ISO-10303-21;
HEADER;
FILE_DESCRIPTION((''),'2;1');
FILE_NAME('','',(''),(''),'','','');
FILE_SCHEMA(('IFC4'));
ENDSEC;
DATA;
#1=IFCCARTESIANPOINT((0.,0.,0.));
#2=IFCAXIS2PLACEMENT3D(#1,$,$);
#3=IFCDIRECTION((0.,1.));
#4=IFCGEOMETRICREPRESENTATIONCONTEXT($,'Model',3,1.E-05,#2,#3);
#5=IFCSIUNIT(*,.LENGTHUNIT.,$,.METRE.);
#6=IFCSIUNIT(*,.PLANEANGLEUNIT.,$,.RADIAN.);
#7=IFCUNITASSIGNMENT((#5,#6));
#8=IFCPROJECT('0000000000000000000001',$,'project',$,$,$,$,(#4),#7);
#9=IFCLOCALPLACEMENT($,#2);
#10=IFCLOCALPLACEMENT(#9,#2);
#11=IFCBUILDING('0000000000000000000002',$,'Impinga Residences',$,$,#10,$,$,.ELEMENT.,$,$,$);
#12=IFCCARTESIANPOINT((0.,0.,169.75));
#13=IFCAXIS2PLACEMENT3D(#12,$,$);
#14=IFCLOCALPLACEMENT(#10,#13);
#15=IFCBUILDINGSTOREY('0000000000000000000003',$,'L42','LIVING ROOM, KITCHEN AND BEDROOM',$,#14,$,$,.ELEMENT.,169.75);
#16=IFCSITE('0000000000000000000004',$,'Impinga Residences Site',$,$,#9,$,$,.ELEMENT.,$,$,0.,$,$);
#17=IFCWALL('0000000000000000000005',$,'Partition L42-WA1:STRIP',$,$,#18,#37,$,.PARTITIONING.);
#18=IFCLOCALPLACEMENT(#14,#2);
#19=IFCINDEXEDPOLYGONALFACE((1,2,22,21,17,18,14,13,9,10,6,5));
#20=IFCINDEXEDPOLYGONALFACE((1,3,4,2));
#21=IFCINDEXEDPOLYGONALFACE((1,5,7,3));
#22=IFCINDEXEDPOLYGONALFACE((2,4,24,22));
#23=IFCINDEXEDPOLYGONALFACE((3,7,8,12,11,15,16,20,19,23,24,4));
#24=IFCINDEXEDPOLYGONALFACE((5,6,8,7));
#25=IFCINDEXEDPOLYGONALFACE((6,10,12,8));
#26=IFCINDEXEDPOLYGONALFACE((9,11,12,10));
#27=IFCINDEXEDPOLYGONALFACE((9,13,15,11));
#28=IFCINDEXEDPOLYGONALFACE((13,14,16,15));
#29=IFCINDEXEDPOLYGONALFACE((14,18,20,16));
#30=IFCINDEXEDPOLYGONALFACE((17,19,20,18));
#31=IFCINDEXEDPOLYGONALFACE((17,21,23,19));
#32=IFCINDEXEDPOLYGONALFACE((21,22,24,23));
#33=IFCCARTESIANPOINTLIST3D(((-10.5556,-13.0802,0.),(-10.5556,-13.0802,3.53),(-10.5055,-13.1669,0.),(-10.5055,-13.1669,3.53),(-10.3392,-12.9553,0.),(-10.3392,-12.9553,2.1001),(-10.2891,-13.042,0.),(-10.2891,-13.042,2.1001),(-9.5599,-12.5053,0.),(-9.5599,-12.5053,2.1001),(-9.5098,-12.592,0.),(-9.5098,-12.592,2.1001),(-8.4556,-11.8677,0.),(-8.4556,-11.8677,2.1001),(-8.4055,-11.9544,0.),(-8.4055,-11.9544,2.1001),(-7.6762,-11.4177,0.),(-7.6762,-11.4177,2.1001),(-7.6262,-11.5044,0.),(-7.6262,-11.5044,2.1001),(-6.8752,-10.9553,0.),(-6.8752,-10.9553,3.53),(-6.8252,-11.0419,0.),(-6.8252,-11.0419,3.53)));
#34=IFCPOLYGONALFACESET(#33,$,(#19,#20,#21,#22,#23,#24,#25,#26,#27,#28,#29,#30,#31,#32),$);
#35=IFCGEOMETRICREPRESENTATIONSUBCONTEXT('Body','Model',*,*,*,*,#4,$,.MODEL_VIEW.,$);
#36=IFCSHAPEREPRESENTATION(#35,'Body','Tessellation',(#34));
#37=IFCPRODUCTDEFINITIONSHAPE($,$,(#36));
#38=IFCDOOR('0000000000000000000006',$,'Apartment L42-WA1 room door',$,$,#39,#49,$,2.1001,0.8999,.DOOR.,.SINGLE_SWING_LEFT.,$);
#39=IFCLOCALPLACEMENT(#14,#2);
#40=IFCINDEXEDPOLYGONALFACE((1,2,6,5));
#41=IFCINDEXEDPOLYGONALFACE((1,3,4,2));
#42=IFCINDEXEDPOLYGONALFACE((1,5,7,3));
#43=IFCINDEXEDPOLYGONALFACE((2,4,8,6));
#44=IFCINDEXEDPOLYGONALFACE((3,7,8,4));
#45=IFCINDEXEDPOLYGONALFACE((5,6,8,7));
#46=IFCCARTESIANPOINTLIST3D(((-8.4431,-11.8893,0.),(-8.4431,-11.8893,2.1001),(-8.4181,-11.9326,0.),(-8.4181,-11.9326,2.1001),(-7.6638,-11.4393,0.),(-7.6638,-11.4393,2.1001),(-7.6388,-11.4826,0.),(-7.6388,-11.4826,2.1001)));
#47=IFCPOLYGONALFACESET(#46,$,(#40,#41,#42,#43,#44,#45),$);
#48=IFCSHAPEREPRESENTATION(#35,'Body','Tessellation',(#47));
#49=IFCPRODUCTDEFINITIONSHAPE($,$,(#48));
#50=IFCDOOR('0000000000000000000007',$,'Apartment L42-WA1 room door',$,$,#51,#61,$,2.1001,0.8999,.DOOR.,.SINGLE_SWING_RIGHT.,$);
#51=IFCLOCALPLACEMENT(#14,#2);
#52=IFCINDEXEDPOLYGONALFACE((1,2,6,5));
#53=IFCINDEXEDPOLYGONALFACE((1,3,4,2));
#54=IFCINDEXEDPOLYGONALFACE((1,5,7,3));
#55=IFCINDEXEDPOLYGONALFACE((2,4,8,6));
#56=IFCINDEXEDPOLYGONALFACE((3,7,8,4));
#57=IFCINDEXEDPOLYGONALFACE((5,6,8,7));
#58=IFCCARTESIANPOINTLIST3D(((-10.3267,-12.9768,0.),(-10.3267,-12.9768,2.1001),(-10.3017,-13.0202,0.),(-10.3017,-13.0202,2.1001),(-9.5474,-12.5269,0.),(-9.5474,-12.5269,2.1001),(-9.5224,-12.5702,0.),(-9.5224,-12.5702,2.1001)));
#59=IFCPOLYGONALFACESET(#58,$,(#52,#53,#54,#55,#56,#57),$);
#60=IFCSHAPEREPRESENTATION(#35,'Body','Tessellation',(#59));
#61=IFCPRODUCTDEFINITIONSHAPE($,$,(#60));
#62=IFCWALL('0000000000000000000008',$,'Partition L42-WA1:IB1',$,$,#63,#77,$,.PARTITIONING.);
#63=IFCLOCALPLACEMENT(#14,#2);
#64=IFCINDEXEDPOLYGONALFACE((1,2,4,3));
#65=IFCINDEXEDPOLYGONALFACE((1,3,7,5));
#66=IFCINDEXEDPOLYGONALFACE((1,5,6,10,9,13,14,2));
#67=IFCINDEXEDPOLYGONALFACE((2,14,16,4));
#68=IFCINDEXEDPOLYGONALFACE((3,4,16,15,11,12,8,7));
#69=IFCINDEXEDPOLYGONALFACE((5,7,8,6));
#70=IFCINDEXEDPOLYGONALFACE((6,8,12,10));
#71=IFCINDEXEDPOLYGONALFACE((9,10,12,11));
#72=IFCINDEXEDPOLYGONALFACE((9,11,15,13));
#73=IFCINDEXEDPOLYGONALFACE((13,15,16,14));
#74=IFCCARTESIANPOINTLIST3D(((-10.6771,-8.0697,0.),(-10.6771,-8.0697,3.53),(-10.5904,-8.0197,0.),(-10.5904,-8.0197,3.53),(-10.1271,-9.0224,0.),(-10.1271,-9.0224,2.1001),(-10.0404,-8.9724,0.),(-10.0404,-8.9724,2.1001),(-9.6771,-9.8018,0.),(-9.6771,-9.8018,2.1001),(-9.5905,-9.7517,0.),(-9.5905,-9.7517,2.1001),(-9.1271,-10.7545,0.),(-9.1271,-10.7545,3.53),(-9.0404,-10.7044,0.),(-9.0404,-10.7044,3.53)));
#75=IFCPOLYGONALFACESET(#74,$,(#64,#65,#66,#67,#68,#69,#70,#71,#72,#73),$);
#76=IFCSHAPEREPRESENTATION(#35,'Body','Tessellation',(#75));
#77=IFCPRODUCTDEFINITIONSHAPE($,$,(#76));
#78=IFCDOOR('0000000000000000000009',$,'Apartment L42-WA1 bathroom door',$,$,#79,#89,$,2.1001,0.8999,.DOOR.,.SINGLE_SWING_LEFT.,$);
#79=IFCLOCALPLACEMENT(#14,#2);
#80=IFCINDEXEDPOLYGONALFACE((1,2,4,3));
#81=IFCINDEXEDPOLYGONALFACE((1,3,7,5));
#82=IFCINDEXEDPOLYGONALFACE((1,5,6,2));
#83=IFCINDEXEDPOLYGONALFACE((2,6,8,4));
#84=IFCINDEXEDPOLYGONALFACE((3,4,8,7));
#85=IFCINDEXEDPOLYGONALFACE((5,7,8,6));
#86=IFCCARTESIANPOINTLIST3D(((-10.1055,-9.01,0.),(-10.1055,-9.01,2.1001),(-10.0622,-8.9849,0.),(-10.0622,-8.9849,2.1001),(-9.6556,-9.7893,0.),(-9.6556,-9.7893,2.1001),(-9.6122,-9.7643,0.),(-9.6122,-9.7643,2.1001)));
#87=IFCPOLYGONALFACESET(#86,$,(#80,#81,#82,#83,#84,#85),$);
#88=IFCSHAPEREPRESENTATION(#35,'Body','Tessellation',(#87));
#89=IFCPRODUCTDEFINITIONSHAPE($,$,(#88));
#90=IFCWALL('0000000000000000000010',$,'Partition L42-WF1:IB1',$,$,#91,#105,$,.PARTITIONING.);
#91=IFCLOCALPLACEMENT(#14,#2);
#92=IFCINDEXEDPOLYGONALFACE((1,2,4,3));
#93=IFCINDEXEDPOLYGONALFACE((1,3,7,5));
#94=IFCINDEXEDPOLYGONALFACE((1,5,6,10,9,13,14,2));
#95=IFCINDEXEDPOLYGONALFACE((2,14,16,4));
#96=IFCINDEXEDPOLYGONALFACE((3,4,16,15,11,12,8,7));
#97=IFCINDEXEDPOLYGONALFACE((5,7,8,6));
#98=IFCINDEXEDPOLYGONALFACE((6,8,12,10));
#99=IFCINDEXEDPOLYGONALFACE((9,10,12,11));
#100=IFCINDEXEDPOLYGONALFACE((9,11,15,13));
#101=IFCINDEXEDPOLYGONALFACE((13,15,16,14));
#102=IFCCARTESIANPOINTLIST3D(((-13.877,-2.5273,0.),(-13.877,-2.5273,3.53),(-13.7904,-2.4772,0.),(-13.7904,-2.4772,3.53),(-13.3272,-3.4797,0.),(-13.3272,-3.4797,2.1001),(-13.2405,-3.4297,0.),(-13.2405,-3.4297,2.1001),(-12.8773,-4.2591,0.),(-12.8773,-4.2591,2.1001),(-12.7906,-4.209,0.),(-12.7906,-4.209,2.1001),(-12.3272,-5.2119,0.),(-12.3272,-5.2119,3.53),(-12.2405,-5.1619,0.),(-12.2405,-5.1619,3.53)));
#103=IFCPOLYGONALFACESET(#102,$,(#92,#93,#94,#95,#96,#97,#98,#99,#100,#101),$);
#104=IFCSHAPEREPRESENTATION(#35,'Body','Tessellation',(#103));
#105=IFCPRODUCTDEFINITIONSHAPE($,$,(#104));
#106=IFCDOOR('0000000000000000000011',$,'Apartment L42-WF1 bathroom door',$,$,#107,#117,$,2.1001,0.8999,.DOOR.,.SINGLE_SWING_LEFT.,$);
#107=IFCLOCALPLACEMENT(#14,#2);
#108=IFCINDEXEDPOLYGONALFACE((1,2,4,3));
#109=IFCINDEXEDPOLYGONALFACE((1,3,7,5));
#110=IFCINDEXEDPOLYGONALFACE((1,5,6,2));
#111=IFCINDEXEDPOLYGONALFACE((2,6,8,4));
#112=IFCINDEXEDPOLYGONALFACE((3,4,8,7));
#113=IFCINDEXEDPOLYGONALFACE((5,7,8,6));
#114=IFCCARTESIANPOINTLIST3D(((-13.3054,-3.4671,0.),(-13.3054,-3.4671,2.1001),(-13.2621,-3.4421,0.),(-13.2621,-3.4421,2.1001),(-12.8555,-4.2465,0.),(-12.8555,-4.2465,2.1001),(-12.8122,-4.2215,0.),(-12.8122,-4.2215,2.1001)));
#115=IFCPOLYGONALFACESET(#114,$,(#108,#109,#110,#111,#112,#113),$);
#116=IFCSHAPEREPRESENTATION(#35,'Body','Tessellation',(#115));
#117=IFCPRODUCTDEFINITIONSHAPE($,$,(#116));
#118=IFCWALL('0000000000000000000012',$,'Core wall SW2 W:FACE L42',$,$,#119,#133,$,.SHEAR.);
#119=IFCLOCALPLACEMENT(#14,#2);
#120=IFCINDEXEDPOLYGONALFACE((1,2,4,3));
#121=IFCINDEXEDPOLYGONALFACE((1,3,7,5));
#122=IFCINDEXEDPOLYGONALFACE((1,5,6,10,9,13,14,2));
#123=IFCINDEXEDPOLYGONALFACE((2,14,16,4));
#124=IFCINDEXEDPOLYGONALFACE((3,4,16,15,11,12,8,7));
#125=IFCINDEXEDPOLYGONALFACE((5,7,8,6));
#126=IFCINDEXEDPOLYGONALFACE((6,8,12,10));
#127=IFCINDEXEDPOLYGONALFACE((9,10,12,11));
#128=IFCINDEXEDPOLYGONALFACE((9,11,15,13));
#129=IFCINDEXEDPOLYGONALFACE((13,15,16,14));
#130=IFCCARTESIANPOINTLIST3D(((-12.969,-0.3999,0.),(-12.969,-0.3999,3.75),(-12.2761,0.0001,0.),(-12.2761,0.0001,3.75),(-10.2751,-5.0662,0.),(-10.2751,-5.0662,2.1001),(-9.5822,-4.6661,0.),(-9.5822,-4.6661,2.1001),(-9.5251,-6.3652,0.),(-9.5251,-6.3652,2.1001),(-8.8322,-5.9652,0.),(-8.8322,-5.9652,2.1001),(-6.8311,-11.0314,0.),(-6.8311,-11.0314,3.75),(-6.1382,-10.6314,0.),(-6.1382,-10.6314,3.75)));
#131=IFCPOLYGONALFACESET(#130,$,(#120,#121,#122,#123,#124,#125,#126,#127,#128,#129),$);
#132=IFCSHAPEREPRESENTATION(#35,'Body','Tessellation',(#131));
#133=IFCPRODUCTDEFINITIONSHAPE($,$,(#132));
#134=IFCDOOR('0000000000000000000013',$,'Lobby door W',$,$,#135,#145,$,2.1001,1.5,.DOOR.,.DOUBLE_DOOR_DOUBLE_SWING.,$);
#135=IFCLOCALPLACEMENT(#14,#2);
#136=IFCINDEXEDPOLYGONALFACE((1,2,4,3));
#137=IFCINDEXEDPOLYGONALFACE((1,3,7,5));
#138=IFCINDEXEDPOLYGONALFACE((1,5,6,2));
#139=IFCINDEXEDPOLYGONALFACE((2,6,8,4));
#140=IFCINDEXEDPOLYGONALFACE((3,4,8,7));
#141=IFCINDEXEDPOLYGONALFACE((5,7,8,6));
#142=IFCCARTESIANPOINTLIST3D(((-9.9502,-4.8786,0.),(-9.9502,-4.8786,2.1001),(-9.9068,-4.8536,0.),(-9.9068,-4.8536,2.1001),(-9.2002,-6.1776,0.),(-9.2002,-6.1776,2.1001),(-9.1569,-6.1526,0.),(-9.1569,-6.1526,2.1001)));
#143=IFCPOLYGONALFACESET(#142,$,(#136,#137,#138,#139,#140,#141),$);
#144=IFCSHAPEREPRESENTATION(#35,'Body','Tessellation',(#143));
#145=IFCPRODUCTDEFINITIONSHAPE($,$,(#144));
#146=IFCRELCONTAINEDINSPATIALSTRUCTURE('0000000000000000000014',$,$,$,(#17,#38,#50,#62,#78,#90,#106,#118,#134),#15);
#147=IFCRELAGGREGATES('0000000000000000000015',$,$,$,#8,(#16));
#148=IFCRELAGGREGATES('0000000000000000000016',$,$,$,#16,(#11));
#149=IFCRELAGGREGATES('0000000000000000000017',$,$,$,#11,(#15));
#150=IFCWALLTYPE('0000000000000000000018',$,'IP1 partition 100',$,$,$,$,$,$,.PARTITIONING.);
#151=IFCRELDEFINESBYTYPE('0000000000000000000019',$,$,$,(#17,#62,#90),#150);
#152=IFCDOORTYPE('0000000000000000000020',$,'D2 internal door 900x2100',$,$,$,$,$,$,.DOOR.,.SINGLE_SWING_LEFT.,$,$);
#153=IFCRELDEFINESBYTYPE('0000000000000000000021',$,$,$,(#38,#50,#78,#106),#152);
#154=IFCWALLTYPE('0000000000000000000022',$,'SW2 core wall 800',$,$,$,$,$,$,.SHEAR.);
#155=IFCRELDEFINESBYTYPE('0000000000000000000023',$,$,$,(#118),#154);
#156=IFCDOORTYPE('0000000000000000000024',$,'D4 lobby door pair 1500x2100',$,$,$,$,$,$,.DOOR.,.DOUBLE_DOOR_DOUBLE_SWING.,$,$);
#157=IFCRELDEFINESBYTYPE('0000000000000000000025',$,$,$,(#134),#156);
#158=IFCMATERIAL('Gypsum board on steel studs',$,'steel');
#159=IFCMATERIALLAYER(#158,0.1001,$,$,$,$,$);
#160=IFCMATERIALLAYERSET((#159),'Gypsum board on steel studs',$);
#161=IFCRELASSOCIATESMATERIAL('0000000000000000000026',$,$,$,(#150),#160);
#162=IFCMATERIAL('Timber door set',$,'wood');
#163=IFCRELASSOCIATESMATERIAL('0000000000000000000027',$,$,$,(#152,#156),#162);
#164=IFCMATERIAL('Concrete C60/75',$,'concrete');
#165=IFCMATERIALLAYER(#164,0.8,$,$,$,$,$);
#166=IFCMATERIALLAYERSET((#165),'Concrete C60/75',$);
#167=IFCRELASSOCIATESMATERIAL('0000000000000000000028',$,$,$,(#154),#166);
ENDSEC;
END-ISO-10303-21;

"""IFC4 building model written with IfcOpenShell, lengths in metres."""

from ifc_helpers import new_model, si_unit, direction, frame, frame_2d, origin, place, context, subcontext, project, spatial, rectangle, extrude, material, layer, layer_set, type_object, element, fill, save


model = new_model("IFC4")

# Units and contexts
model_context = context("Model", 3, precision=1e-05, world=origin(), true_north=direction((0.0, 1.0)))
body_context = subcontext(model_context, "Body", "Model", "MODEL_VIEW")
ifc_project = project(units=[si_unit("LENGTHUNIT", "METRE"), si_unit("PLANEANGLEUNIT", "RADIAN")], contexts=[model_context])

# Site, building, storey
site_placement = place(None, origin())
site = spatial("IfcSite", under=ifc_project, at=site_placement, Name="Impinga Residences Site", CompositionType="ELEMENT", RefElevation=0.0)
building_placement = place(site_placement, origin())
building = spatial("IfcBuilding", under=site, at=building_placement, Name="Impinga Residences", CompositionType="ELEMENT")
storey_placement = place(building_placement, frame((0.0, 0.0, 169.75)))
storey = spatial("IfcBuildingStorey", under=building, at=storey_placement, Name="L42", Description="LIVING ROOM, KITCHEN AND BEDROOM", CompositionType="ELEMENT", Elevation=169.75)

# Shared definitions
ifc_material_1 = material(Name="Concrete C60/75", Category="concrete")
ifc_material_2 = material(Name="Timber door set", Category="wood")

# Shared definitions
ifc_material_3 = material(Name="Gypsum board on steel studs", Category="steel")
ifc_layer_1 = layer(ifc_material_3, 0.1001)
ifc_layer_set_1 = layer_set([ifc_layer_1], Name="Gypsum board on steel studs")
wall_type_1 = type_object("IfcWallType", Name="IP1 partition 100", PredefinedType="PARTITIONING", material=ifc_layer_set_1)

# Wall, openings, doors
wall_1_placement = place(storey_placement, frame((-6.8501, -10.9985, 0.0), z_axis=(0.0, 0.0, 1.0), x_axis=(-0.866014, -0.500019, 0.0)))
wall_1 = element("IfcWall", 1, at=wall_1_placement, inside=storey, type_object=wall_type_1, Name="Partition L42-WA1:STRIP", PredefinedType="PARTITIONING", context=body_context, shape_type="SweptSolid", body=[
    extrude(rectangle(XDim=4.2498, YDim=0.1001, at=frame_2d((2.125, 0.0))), origin(), (0.0, 0.0, 1.0), 3.53),
])
opening_1_placement = place(wall_1_placement, frame((0.925, 0.0, 0.0)))
opening_1 = element("IfcOpeningElement", 2, at=opening_1_placement, cuts=wall_1, PredefinedType="OPENING", context=body_context, shape_type="SweptSolid", body=[
    extrude(rectangle(XDim=0.8999, YDim=2.1001, at=frame_2d((0.45, 1.05))), frame((0.0, 0.0601, 0.0), z_axis=(0.0, -1.0, 0.0), x_axis=(1.0, 0.0, 0.0)), (0.0, 0.0, 1.0), 0.1201),
])
opening_2_placement = place(wall_1_placement, frame((3.1001, 0.0, 0.0)))
opening_2 = element("IfcOpeningElement", 3, at=opening_2_placement, cuts=wall_1, PredefinedType="OPENING", context=body_context, shape_type="SweptSolid", body=[
    extrude(rectangle(XDim=0.8999, YDim=2.1001, at=frame_2d((0.45, 1.05))), frame((0.0, 0.0601, 0.0), z_axis=(0.0, -1.0, 0.0), x_axis=(1.0, 0.0, 0.0)), (0.0, 0.0, 1.0), 0.1201),
])
door_type_1 = type_object("IfcDoorType", Name="D2 internal door 900x2100", OperationType="SINGLE_SWING_LEFT", PredefinedType="DOOR", material=ifc_material_2)
door_1_placement = place(opening_1_placement, origin())
door_1 = element("IfcDoor", 4, at=door_1_placement, inside=storey, type_object=door_type_1, Name="Apartment L42-WA1 room door", OperationType="SINGLE_SWING_LEFT", OverallHeight=2.1001, OverallWidth=0.8999, PredefinedType="DOOR", context=body_context, shape_type="SweptSolid", body=[
    extrude(rectangle(XDim=0.8999, YDim=2.1001, at=frame_2d((0.45, 1.05))), frame((0.0, 0.0249, 0.0), z_axis=(0.0, -1.0, 0.0), x_axis=(1.0, 0.0, 0.0)), (0.0, 0.0, 1.0), 0.05),
])
fill(opening_1, door_1)
door_2_placement = place(opening_2_placement, origin())
door_2 = element("IfcDoor", 5, at=door_2_placement, inside=storey, type_object=door_type_1, Name="Apartment L42-WA1 room door", OperationType="SINGLE_SWING_RIGHT", OverallHeight=2.1001, OverallWidth=0.8999, PredefinedType="DOOR", context=body_context, shape_type="SweptSolid", body=[
    extrude(rectangle(XDim=0.8999, YDim=2.1001, at=frame_2d((0.45, 1.05))), frame((0.0, 0.0249, 0.0), z_axis=(0.0, -1.0, 0.0), x_axis=(1.0, 0.0, 0.0)), (0.0, 0.0, 1.0), 0.05),
])
fill(opening_2, door_2)

# Walls, openings, doors
wall_2_placement = place(storey_placement, frame((-10.6338, -8.0447, 0.0), z_axis=(0.0, 0.0, 1.0), x_axis=(0.499993, -0.86603, 0.0)))
wall_2 = element("IfcWall", 6, at=wall_2_placement, inside=storey, type_object=wall_type_1, Name="Partition L42-WA1:IB1", PredefinedType="PARTITIONING", context=body_context, shape_type="SweptSolid", body=[
    extrude(rectangle(XDim=3.1001, YDim=0.1001, at=frame_2d((1.55, 0.0))), origin(), (0.0, 0.0, 1.0), 3.53),
])
opening_3_placement = place(wall_2_placement, frame((1.1001, 0.0, 0.0)))
opening_3 = element("IfcOpeningElement", 7, at=opening_3_placement, cuts=wall_2, PredefinedType="OPENING", context=body_context, shape_type="SweptSolid", body=[
    extrude(rectangle(XDim=0.8999, YDim=2.1001, at=frame_2d((0.45, 1.05))), frame((0.0, 0.0601, 0.0), z_axis=(0.0, -1.0, 0.0), x_axis=(1.0, 0.0, 0.0)), (0.0, 0.0, 1.0), 0.1201),
])
door_3_placement = place(opening_3_placement, origin())
door_3 = element("IfcDoor", 8, at=door_3_placement, inside=storey, type_object=door_type_1, Name="Apartment L42-WA1 bathroom door", OperationType="SINGLE_SWING_LEFT", OverallHeight=2.1001, OverallWidth=0.8999, PredefinedType="DOOR", context=body_context, shape_type="SweptSolid", body=[
    extrude(rectangle(XDim=0.8999, YDim=2.1001, at=frame_2d((0.45, 1.05))), frame((0.0, 0.0249, 0.0), z_axis=(0.0, -1.0, 0.0), x_axis=(1.0, 0.0, 0.0)), (0.0, 0.0, 1.0), 0.05),
])
fill(opening_3, door_3)
wall_3_placement = place(storey_placement, frame((-12.2839, -5.1868, 0.0), z_axis=(0.0, 0.0, 1.0), x_axis=(-0.499968, 0.866044, 0.0)))
wall_3 = element("IfcWall", 9, at=wall_3_placement, inside=storey, type_object=wall_type_1, Name="Partition L42-WF1:IB1", PredefinedType="PARTITIONING", context=body_context, shape_type="SweptSolid", body=[
    extrude(rectangle(XDim=3.0999, YDim=0.1001, at=frame_2d((1.5498, 0.0))), origin(), (0.0, 0.0, 1.0), 3.53),
])
opening_4_placement = place(wall_3_placement, frame((1.1001, 0.0, 0.0)))
opening_4 = element("IfcOpeningElement", 10, at=opening_4_placement, cuts=wall_3, PredefinedType="OPENING", context=body_context, shape_type="SweptSolid", body=[
    extrude(rectangle(XDim=0.8999, YDim=2.1001, at=frame_2d((0.45, 1.05))), frame((0.0, 0.0601, 0.0), z_axis=(0.0, -1.0, 0.0), x_axis=(1.0, 0.0, 0.0)), (0.0, 0.0, 1.0), 0.1201),
])
door_4_placement = place(opening_4_placement, origin())
door_4 = element("IfcDoor", 11, at=door_4_placement, inside=storey, type_object=door_type_1, Name="Apartment L42-WF1 bathroom door", OperationType="SINGLE_SWING_LEFT", OverallHeight=2.1001, OverallWidth=0.8999, PredefinedType="DOOR", context=body_context, shape_type="SweptSolid", body=[
    extrude(rectangle(XDim=0.8999, YDim=2.1001, at=frame_2d((0.45, 1.05))), frame((0.0, 0.0249, 0.0), z_axis=(0.0, -1.0, 0.0), x_axis=(1.0, 0.0, 0.0)), (0.0, 0.0, 1.0), 0.05),
])
fill(opening_4, door_4)
ifc_layer_2 = layer(ifc_material_1, 0.8)
ifc_layer_set_2 = layer_set([ifc_layer_2], Name="Concrete C60/75")
wall_type_2 = type_object("IfcWallType", Name="SW2 core wall 800", PredefinedType="SHEAR", material=ifc_layer_set_2)
wall_4_placement = place(storey_placement, frame((-6.4846, -10.8315, 0.0), z_axis=(0.0, 0.0, 1.0), x_axis=(-0.499987, 0.866033, 0.0)))
wall_4 = element("IfcWall", 12, at=wall_4_placement, inside=storey, type_object=wall_type_2, Name="Core wall SW2 W:FACE L42", PredefinedType="SHEAR", context=body_context, shape_type="SweptSolid", body=[
    extrude(rectangle(XDim=12.2761, YDim=0.8, at=frame_2d((6.1382, 0.0))), origin(), (0.0, 0.0, 1.0), 3.75),
])
opening_5_placement = place(wall_4_placement, frame((5.3882, 0.0, 0.0)))
opening_5 = element("IfcOpeningElement", 13, at=opening_5_placement, cuts=wall_4, PredefinedType="OPENING", context=body_context, shape_type="SweptSolid", body=[
    extrude(rectangle(XDim=1.5, YDim=2.1001, at=frame_2d((0.75, 1.05))), frame((0.0, 0.4099, 0.0), z_axis=(0.0, -1.0, 0.0), x_axis=(1.0, 0.0, 0.0)), (0.0, 0.0, 1.0), 0.8201),
])
door_type_2 = type_object("IfcDoorType", Name="D4 lobby door pair 1500x2100", OperationType="DOUBLE_DOOR_DOUBLE_SWING", PredefinedType="DOOR", material=ifc_material_2)
door_5_placement = place(opening_5_placement, origin())
door_5 = element("IfcDoor", 14, at=door_5_placement, inside=storey, type_object=door_type_2, Name="Lobby door W", OperationType="DOUBLE_DOOR_DOUBLE_SWING", OverallHeight=2.1001, OverallWidth=1.5, PredefinedType="DOOR", context=body_context, shape_type="SweptSolid", body=[
    extrude(rectangle(XDim=1.5, YDim=2.1001, at=frame_2d((0.75, 1.05))), frame((0.0, 0.0249, 0.0), z_axis=(0.0, -1.0, 0.0), x_axis=(1.0, 0.0, 0.0)), (0.0, 0.0, 1.0), 0.05),
])
fill(opening_5, door_5)

save(model, "model.ifc")
